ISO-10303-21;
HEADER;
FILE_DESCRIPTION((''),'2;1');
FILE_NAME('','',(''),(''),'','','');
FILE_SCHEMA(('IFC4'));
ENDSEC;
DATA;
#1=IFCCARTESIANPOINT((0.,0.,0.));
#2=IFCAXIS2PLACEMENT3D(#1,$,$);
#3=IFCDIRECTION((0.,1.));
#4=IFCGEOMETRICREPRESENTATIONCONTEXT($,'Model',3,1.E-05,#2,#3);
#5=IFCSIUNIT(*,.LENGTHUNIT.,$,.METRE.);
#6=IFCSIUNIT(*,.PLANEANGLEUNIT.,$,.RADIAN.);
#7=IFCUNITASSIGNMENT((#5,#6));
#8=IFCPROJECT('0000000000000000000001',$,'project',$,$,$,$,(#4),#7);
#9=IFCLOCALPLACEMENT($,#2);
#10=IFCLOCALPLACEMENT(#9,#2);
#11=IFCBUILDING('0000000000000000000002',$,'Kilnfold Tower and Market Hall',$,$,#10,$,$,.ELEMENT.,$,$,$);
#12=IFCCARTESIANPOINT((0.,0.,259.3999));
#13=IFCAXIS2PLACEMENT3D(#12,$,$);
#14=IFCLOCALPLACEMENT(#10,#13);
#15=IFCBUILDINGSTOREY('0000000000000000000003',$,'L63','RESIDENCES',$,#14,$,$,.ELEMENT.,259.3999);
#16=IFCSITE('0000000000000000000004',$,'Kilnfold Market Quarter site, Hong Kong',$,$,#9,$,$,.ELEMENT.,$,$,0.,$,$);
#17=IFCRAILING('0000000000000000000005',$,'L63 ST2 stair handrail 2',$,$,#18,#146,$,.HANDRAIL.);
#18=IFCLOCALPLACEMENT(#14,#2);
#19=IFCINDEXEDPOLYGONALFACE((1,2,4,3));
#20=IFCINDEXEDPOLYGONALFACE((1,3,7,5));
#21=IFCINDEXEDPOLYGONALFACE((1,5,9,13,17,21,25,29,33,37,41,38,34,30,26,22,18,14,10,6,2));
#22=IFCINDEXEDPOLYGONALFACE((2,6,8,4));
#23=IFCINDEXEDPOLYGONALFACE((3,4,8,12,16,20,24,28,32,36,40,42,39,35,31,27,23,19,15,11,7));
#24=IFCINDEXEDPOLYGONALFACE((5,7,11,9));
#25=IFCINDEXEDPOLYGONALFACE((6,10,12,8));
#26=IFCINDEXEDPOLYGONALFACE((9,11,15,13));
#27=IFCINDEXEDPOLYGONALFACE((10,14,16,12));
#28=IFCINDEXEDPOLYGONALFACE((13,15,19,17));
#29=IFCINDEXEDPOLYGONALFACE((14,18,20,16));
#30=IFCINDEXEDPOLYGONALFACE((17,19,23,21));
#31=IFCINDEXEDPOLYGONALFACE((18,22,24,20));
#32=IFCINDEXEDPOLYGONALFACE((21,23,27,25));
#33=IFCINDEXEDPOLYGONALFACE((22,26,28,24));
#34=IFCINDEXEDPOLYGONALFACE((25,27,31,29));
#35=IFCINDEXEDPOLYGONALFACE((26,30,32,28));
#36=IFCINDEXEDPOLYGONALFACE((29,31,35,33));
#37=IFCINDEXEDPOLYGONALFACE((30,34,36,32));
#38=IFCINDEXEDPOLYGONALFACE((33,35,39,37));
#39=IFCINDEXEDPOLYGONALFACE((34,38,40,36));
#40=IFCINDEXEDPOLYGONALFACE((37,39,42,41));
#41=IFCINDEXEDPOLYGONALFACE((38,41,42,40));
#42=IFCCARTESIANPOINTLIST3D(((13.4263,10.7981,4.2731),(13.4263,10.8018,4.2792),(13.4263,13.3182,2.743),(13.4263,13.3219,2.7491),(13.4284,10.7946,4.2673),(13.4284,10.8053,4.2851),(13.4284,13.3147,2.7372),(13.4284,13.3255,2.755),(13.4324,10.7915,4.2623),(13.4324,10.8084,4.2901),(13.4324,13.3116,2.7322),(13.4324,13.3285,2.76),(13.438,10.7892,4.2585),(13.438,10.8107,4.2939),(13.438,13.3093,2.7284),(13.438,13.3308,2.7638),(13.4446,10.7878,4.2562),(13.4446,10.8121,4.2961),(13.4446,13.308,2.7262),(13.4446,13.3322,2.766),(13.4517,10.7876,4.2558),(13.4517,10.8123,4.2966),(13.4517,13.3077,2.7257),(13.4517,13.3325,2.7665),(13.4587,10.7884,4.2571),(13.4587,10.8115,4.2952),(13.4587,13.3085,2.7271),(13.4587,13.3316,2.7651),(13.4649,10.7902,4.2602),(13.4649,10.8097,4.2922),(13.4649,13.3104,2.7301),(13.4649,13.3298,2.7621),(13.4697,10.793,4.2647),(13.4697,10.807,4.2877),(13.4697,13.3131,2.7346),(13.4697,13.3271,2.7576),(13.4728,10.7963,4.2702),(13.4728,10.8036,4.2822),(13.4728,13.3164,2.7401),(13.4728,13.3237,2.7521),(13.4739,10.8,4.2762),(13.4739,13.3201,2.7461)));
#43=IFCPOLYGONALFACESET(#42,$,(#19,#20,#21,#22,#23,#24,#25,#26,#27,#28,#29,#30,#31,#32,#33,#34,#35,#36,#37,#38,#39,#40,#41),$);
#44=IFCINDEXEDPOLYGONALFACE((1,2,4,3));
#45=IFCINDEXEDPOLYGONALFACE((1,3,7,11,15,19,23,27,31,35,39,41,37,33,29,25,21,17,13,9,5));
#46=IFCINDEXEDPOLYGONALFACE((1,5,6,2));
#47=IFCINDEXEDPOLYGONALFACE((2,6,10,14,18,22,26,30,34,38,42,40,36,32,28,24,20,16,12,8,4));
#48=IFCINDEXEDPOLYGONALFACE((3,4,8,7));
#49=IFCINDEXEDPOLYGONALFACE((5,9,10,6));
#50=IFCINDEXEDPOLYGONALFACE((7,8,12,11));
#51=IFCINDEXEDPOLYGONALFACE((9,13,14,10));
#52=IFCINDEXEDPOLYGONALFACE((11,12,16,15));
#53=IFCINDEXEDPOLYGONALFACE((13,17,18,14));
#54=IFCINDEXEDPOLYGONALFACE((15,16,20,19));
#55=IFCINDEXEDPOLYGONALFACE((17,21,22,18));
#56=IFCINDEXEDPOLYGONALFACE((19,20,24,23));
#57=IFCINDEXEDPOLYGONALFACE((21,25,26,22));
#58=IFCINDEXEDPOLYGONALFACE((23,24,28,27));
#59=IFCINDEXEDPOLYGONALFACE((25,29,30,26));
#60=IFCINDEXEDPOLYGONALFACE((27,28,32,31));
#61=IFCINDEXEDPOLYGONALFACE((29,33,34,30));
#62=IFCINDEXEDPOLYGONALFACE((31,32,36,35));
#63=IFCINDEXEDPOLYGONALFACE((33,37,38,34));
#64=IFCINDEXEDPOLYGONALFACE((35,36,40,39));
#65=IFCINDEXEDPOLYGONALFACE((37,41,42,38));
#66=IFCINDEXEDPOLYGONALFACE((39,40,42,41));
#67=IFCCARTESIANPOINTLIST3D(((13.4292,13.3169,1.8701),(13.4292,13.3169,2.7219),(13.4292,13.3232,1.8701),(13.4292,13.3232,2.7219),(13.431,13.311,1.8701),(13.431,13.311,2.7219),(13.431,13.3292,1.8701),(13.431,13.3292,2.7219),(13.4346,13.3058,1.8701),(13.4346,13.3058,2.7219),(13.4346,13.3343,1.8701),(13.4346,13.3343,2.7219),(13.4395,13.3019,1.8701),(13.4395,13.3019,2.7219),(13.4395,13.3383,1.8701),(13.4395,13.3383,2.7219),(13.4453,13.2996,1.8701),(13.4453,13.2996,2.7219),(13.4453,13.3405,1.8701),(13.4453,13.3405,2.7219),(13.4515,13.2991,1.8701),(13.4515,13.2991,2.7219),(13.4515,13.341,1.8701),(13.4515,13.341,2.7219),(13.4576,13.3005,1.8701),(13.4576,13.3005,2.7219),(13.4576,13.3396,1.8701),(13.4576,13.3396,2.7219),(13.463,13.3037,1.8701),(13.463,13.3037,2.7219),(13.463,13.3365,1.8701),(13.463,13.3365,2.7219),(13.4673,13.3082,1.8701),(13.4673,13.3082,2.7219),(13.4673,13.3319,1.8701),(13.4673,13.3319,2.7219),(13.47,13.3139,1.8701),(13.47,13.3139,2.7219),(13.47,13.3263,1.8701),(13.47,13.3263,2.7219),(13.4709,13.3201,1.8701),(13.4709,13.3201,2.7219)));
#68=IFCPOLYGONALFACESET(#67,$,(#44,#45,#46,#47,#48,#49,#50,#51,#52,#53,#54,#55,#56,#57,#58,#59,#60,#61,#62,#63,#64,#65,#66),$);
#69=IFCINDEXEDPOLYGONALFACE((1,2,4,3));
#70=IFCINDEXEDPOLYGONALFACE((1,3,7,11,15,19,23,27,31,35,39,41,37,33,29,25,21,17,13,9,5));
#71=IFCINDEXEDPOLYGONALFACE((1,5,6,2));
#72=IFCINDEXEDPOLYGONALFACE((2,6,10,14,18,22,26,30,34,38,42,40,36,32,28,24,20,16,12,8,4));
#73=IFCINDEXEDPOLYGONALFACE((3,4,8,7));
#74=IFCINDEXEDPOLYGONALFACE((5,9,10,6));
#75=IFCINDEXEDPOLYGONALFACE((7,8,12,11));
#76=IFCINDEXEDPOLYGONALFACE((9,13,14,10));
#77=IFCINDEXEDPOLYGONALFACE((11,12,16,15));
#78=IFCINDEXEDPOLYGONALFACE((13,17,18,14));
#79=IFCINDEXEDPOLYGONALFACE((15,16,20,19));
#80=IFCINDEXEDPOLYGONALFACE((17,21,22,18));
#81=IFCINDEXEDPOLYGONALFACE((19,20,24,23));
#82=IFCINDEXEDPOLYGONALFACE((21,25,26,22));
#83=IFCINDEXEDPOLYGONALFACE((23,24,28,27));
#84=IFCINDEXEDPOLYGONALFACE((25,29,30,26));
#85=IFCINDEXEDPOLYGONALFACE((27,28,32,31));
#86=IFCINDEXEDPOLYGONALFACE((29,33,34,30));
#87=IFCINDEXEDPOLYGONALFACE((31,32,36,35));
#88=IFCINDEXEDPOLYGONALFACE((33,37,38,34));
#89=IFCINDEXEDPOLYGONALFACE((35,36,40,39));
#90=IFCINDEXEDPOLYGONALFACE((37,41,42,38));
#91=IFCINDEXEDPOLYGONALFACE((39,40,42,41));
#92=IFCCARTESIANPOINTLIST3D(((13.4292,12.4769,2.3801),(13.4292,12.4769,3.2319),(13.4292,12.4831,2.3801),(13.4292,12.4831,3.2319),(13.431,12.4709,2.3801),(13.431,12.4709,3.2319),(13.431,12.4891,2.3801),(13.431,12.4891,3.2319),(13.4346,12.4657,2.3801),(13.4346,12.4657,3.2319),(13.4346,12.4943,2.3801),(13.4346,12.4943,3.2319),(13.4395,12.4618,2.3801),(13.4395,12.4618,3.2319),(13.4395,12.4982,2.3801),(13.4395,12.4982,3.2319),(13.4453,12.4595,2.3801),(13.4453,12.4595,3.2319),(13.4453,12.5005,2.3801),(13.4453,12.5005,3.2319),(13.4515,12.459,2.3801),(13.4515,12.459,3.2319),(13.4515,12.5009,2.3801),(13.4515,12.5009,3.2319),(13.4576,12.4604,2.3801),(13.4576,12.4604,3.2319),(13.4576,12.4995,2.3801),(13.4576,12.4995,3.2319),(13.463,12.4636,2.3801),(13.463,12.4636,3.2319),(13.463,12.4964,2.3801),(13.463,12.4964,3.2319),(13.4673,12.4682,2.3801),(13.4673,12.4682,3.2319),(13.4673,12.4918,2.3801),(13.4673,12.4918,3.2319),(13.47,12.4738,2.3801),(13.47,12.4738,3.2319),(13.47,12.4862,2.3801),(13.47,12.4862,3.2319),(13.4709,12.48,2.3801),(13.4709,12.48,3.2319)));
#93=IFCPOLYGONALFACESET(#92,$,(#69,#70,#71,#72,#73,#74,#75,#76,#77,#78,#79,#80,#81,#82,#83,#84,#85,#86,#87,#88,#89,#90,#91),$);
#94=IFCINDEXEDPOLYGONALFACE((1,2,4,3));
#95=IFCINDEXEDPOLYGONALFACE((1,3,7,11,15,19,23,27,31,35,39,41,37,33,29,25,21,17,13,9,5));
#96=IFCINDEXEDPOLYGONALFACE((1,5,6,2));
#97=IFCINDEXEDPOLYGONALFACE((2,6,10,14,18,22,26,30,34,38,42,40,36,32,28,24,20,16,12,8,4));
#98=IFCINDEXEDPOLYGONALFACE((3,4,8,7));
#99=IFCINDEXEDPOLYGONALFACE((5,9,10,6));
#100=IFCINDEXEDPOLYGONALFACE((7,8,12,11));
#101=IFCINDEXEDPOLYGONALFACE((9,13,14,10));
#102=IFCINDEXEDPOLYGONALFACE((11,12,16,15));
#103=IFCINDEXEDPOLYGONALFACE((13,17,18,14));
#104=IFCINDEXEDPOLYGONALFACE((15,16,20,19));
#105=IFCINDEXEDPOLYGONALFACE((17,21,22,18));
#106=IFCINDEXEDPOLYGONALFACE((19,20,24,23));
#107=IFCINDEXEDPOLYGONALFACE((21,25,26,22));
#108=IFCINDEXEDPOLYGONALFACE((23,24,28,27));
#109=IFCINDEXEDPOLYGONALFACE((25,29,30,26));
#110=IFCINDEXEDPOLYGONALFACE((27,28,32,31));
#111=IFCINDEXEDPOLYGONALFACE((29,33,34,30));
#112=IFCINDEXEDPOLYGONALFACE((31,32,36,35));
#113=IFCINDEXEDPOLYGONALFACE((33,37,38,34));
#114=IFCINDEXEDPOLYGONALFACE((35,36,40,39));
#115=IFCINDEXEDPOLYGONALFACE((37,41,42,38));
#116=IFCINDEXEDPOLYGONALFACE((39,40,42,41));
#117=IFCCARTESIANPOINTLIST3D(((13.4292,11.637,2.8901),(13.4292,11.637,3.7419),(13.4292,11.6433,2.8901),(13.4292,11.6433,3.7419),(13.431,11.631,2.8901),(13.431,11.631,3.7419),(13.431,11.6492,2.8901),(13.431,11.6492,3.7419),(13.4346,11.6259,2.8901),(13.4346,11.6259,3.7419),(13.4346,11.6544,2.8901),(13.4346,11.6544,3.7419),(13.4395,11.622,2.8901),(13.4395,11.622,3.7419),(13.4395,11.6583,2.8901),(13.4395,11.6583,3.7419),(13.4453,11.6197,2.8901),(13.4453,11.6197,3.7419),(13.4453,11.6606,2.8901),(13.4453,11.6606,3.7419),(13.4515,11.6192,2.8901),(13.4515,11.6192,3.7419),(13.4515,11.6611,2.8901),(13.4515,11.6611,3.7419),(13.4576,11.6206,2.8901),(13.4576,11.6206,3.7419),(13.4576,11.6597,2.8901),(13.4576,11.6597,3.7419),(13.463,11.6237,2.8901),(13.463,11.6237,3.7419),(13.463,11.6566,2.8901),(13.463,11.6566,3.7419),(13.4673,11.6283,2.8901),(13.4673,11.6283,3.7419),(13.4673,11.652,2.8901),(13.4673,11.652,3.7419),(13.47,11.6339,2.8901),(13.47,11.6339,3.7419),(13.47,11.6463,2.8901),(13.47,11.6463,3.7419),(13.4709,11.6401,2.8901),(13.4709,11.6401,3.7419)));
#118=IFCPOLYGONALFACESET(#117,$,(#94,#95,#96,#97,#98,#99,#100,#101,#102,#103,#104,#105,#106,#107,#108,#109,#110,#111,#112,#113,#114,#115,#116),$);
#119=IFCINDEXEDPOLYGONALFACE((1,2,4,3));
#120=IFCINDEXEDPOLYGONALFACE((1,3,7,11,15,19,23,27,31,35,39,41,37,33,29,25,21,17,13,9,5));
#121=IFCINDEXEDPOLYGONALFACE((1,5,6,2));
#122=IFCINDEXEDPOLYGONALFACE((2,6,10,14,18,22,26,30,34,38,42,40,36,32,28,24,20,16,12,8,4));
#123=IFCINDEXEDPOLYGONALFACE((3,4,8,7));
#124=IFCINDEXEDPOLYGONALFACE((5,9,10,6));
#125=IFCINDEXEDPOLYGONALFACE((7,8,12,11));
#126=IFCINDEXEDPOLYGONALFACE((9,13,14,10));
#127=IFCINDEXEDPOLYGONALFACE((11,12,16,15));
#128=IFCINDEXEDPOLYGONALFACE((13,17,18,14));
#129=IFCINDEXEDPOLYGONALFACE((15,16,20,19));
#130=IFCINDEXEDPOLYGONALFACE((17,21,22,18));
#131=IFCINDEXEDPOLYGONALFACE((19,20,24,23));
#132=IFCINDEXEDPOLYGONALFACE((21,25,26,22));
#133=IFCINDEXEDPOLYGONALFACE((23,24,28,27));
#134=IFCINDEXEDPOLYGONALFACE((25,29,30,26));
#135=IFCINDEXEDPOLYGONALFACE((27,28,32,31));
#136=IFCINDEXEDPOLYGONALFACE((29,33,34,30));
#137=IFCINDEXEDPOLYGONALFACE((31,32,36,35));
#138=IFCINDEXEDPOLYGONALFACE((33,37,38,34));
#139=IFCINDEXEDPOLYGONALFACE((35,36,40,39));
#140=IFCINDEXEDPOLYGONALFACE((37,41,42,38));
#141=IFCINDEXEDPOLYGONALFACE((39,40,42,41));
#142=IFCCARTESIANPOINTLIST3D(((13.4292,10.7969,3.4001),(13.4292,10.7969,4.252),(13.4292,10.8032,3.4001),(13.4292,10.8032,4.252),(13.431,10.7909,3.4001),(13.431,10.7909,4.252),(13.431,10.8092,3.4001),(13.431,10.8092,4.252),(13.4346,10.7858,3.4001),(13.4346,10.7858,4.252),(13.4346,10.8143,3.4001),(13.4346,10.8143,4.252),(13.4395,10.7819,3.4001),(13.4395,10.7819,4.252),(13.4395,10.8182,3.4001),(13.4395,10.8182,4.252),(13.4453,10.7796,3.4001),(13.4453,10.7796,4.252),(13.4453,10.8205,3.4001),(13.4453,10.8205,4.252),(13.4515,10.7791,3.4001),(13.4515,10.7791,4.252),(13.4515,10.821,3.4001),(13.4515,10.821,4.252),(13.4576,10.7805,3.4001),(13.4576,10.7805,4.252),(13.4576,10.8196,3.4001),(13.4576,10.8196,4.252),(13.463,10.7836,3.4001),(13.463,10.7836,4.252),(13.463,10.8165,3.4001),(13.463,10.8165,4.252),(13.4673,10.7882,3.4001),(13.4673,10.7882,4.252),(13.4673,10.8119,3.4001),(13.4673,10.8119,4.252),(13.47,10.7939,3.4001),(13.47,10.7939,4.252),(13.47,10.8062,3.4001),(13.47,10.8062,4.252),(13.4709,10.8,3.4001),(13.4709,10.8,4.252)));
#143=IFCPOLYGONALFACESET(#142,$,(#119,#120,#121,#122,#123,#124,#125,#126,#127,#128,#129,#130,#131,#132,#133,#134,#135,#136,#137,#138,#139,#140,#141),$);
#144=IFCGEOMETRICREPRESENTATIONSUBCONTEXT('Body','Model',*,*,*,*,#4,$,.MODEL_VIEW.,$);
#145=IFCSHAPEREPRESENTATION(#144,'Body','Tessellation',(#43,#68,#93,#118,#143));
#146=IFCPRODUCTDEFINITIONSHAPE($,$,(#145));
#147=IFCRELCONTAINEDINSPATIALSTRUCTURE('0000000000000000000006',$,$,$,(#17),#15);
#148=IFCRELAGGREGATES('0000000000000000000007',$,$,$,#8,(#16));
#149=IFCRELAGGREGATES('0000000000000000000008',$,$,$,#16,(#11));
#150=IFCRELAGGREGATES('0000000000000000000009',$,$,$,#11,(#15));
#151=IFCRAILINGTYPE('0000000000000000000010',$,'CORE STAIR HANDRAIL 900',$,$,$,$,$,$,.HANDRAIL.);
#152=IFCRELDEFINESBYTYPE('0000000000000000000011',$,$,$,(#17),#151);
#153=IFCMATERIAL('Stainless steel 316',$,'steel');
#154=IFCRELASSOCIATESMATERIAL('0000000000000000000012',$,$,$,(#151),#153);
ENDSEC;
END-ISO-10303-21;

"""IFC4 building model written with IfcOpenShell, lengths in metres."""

from ifc_helpers import new_model, si_unit, direction, frame, origin, origin_2d, place, context, subcontext, project, spatial, circle, extrude, material, type_object, element, save


model = new_model("IFC4")

# Units and contexts
model_context = context("Model", 3, precision=1e-05, world=origin(), true_north=direction((0.0, 1.0)))
body_context = subcontext(model_context, "Body", "Model", "MODEL_VIEW")
ifc_project = project(units=[si_unit("LENGTHUNIT", "METRE"), si_unit("PLANEANGLEUNIT", "RADIAN")], contexts=[model_context])

# Site, building, storey
site_placement = place(None, origin())
site = spatial("IfcSite", under=ifc_project, at=site_placement, Name="Kilnfold Market Quarter site, Hong Kong", CompositionType="ELEMENT", RefElevation=0.0)
building_placement = place(site_placement, origin())
building = spatial("IfcBuilding", under=site, at=building_placement, Name="Kilnfold Tower and Market Hall", CompositionType="ELEMENT")
storey_placement = place(building_placement, frame((0.0, 0.0, 259.3999)))
storey = spatial("IfcBuildingStorey", under=building, at=storey_placement, Name="L63", Description="RESIDENCES", CompositionType="ELEMENT", Elevation=259.3999)

# Railing
ifc_material_1 = material(Name="Stainless steel 316", Category="steel")
railing_type_1 = type_object("IfcRailingType", Name="CORE STAIR HANDRAIL 900", PredefinedType="HANDRAIL", material=ifc_material_1)
railing_1_placement = place(storey_placement, frame((13.45, 13.3201, 1.8701)))
element("IfcRailing", 1, at=railing_1_placement, inside=storey, type_object=railing_type_1, Name="L63 ST2 stair handrail 2", PredefinedType="HANDRAIL", context=body_context, shape_type="SweptSolid", body=[
    extrude(circle(Radius=0.0239, at=origin_2d()), frame((0.0, 0.0, 0.876), z_axis=(0.0, -0.854785, 0.518982), x_axis=(1.0, 0.0, 0.0)), (0.0, 0.0, 1.0), 2.9482),
    extrude(circle(Radius=0.021, at=origin_2d()), origin(), (0.0, 0.0, 1.0), 0.8518),
    extrude(circle(Radius=0.021, at=origin_2d()), frame((0.0, -0.8401, 0.51)), (0.0, 0.0, 1.0), 0.8518),
    extrude(circle(Radius=0.021, at=origin_2d()), frame((0.0, -1.6799, 1.02)), (0.0, 0.0, 1.0), 0.8518),
    extrude(circle(Radius=0.021, at=origin_2d()), frame((0.0, -2.52, 1.53)), (0.0, 0.0, 1.0), 0.8518),
])

save(model, "model.ifc")
